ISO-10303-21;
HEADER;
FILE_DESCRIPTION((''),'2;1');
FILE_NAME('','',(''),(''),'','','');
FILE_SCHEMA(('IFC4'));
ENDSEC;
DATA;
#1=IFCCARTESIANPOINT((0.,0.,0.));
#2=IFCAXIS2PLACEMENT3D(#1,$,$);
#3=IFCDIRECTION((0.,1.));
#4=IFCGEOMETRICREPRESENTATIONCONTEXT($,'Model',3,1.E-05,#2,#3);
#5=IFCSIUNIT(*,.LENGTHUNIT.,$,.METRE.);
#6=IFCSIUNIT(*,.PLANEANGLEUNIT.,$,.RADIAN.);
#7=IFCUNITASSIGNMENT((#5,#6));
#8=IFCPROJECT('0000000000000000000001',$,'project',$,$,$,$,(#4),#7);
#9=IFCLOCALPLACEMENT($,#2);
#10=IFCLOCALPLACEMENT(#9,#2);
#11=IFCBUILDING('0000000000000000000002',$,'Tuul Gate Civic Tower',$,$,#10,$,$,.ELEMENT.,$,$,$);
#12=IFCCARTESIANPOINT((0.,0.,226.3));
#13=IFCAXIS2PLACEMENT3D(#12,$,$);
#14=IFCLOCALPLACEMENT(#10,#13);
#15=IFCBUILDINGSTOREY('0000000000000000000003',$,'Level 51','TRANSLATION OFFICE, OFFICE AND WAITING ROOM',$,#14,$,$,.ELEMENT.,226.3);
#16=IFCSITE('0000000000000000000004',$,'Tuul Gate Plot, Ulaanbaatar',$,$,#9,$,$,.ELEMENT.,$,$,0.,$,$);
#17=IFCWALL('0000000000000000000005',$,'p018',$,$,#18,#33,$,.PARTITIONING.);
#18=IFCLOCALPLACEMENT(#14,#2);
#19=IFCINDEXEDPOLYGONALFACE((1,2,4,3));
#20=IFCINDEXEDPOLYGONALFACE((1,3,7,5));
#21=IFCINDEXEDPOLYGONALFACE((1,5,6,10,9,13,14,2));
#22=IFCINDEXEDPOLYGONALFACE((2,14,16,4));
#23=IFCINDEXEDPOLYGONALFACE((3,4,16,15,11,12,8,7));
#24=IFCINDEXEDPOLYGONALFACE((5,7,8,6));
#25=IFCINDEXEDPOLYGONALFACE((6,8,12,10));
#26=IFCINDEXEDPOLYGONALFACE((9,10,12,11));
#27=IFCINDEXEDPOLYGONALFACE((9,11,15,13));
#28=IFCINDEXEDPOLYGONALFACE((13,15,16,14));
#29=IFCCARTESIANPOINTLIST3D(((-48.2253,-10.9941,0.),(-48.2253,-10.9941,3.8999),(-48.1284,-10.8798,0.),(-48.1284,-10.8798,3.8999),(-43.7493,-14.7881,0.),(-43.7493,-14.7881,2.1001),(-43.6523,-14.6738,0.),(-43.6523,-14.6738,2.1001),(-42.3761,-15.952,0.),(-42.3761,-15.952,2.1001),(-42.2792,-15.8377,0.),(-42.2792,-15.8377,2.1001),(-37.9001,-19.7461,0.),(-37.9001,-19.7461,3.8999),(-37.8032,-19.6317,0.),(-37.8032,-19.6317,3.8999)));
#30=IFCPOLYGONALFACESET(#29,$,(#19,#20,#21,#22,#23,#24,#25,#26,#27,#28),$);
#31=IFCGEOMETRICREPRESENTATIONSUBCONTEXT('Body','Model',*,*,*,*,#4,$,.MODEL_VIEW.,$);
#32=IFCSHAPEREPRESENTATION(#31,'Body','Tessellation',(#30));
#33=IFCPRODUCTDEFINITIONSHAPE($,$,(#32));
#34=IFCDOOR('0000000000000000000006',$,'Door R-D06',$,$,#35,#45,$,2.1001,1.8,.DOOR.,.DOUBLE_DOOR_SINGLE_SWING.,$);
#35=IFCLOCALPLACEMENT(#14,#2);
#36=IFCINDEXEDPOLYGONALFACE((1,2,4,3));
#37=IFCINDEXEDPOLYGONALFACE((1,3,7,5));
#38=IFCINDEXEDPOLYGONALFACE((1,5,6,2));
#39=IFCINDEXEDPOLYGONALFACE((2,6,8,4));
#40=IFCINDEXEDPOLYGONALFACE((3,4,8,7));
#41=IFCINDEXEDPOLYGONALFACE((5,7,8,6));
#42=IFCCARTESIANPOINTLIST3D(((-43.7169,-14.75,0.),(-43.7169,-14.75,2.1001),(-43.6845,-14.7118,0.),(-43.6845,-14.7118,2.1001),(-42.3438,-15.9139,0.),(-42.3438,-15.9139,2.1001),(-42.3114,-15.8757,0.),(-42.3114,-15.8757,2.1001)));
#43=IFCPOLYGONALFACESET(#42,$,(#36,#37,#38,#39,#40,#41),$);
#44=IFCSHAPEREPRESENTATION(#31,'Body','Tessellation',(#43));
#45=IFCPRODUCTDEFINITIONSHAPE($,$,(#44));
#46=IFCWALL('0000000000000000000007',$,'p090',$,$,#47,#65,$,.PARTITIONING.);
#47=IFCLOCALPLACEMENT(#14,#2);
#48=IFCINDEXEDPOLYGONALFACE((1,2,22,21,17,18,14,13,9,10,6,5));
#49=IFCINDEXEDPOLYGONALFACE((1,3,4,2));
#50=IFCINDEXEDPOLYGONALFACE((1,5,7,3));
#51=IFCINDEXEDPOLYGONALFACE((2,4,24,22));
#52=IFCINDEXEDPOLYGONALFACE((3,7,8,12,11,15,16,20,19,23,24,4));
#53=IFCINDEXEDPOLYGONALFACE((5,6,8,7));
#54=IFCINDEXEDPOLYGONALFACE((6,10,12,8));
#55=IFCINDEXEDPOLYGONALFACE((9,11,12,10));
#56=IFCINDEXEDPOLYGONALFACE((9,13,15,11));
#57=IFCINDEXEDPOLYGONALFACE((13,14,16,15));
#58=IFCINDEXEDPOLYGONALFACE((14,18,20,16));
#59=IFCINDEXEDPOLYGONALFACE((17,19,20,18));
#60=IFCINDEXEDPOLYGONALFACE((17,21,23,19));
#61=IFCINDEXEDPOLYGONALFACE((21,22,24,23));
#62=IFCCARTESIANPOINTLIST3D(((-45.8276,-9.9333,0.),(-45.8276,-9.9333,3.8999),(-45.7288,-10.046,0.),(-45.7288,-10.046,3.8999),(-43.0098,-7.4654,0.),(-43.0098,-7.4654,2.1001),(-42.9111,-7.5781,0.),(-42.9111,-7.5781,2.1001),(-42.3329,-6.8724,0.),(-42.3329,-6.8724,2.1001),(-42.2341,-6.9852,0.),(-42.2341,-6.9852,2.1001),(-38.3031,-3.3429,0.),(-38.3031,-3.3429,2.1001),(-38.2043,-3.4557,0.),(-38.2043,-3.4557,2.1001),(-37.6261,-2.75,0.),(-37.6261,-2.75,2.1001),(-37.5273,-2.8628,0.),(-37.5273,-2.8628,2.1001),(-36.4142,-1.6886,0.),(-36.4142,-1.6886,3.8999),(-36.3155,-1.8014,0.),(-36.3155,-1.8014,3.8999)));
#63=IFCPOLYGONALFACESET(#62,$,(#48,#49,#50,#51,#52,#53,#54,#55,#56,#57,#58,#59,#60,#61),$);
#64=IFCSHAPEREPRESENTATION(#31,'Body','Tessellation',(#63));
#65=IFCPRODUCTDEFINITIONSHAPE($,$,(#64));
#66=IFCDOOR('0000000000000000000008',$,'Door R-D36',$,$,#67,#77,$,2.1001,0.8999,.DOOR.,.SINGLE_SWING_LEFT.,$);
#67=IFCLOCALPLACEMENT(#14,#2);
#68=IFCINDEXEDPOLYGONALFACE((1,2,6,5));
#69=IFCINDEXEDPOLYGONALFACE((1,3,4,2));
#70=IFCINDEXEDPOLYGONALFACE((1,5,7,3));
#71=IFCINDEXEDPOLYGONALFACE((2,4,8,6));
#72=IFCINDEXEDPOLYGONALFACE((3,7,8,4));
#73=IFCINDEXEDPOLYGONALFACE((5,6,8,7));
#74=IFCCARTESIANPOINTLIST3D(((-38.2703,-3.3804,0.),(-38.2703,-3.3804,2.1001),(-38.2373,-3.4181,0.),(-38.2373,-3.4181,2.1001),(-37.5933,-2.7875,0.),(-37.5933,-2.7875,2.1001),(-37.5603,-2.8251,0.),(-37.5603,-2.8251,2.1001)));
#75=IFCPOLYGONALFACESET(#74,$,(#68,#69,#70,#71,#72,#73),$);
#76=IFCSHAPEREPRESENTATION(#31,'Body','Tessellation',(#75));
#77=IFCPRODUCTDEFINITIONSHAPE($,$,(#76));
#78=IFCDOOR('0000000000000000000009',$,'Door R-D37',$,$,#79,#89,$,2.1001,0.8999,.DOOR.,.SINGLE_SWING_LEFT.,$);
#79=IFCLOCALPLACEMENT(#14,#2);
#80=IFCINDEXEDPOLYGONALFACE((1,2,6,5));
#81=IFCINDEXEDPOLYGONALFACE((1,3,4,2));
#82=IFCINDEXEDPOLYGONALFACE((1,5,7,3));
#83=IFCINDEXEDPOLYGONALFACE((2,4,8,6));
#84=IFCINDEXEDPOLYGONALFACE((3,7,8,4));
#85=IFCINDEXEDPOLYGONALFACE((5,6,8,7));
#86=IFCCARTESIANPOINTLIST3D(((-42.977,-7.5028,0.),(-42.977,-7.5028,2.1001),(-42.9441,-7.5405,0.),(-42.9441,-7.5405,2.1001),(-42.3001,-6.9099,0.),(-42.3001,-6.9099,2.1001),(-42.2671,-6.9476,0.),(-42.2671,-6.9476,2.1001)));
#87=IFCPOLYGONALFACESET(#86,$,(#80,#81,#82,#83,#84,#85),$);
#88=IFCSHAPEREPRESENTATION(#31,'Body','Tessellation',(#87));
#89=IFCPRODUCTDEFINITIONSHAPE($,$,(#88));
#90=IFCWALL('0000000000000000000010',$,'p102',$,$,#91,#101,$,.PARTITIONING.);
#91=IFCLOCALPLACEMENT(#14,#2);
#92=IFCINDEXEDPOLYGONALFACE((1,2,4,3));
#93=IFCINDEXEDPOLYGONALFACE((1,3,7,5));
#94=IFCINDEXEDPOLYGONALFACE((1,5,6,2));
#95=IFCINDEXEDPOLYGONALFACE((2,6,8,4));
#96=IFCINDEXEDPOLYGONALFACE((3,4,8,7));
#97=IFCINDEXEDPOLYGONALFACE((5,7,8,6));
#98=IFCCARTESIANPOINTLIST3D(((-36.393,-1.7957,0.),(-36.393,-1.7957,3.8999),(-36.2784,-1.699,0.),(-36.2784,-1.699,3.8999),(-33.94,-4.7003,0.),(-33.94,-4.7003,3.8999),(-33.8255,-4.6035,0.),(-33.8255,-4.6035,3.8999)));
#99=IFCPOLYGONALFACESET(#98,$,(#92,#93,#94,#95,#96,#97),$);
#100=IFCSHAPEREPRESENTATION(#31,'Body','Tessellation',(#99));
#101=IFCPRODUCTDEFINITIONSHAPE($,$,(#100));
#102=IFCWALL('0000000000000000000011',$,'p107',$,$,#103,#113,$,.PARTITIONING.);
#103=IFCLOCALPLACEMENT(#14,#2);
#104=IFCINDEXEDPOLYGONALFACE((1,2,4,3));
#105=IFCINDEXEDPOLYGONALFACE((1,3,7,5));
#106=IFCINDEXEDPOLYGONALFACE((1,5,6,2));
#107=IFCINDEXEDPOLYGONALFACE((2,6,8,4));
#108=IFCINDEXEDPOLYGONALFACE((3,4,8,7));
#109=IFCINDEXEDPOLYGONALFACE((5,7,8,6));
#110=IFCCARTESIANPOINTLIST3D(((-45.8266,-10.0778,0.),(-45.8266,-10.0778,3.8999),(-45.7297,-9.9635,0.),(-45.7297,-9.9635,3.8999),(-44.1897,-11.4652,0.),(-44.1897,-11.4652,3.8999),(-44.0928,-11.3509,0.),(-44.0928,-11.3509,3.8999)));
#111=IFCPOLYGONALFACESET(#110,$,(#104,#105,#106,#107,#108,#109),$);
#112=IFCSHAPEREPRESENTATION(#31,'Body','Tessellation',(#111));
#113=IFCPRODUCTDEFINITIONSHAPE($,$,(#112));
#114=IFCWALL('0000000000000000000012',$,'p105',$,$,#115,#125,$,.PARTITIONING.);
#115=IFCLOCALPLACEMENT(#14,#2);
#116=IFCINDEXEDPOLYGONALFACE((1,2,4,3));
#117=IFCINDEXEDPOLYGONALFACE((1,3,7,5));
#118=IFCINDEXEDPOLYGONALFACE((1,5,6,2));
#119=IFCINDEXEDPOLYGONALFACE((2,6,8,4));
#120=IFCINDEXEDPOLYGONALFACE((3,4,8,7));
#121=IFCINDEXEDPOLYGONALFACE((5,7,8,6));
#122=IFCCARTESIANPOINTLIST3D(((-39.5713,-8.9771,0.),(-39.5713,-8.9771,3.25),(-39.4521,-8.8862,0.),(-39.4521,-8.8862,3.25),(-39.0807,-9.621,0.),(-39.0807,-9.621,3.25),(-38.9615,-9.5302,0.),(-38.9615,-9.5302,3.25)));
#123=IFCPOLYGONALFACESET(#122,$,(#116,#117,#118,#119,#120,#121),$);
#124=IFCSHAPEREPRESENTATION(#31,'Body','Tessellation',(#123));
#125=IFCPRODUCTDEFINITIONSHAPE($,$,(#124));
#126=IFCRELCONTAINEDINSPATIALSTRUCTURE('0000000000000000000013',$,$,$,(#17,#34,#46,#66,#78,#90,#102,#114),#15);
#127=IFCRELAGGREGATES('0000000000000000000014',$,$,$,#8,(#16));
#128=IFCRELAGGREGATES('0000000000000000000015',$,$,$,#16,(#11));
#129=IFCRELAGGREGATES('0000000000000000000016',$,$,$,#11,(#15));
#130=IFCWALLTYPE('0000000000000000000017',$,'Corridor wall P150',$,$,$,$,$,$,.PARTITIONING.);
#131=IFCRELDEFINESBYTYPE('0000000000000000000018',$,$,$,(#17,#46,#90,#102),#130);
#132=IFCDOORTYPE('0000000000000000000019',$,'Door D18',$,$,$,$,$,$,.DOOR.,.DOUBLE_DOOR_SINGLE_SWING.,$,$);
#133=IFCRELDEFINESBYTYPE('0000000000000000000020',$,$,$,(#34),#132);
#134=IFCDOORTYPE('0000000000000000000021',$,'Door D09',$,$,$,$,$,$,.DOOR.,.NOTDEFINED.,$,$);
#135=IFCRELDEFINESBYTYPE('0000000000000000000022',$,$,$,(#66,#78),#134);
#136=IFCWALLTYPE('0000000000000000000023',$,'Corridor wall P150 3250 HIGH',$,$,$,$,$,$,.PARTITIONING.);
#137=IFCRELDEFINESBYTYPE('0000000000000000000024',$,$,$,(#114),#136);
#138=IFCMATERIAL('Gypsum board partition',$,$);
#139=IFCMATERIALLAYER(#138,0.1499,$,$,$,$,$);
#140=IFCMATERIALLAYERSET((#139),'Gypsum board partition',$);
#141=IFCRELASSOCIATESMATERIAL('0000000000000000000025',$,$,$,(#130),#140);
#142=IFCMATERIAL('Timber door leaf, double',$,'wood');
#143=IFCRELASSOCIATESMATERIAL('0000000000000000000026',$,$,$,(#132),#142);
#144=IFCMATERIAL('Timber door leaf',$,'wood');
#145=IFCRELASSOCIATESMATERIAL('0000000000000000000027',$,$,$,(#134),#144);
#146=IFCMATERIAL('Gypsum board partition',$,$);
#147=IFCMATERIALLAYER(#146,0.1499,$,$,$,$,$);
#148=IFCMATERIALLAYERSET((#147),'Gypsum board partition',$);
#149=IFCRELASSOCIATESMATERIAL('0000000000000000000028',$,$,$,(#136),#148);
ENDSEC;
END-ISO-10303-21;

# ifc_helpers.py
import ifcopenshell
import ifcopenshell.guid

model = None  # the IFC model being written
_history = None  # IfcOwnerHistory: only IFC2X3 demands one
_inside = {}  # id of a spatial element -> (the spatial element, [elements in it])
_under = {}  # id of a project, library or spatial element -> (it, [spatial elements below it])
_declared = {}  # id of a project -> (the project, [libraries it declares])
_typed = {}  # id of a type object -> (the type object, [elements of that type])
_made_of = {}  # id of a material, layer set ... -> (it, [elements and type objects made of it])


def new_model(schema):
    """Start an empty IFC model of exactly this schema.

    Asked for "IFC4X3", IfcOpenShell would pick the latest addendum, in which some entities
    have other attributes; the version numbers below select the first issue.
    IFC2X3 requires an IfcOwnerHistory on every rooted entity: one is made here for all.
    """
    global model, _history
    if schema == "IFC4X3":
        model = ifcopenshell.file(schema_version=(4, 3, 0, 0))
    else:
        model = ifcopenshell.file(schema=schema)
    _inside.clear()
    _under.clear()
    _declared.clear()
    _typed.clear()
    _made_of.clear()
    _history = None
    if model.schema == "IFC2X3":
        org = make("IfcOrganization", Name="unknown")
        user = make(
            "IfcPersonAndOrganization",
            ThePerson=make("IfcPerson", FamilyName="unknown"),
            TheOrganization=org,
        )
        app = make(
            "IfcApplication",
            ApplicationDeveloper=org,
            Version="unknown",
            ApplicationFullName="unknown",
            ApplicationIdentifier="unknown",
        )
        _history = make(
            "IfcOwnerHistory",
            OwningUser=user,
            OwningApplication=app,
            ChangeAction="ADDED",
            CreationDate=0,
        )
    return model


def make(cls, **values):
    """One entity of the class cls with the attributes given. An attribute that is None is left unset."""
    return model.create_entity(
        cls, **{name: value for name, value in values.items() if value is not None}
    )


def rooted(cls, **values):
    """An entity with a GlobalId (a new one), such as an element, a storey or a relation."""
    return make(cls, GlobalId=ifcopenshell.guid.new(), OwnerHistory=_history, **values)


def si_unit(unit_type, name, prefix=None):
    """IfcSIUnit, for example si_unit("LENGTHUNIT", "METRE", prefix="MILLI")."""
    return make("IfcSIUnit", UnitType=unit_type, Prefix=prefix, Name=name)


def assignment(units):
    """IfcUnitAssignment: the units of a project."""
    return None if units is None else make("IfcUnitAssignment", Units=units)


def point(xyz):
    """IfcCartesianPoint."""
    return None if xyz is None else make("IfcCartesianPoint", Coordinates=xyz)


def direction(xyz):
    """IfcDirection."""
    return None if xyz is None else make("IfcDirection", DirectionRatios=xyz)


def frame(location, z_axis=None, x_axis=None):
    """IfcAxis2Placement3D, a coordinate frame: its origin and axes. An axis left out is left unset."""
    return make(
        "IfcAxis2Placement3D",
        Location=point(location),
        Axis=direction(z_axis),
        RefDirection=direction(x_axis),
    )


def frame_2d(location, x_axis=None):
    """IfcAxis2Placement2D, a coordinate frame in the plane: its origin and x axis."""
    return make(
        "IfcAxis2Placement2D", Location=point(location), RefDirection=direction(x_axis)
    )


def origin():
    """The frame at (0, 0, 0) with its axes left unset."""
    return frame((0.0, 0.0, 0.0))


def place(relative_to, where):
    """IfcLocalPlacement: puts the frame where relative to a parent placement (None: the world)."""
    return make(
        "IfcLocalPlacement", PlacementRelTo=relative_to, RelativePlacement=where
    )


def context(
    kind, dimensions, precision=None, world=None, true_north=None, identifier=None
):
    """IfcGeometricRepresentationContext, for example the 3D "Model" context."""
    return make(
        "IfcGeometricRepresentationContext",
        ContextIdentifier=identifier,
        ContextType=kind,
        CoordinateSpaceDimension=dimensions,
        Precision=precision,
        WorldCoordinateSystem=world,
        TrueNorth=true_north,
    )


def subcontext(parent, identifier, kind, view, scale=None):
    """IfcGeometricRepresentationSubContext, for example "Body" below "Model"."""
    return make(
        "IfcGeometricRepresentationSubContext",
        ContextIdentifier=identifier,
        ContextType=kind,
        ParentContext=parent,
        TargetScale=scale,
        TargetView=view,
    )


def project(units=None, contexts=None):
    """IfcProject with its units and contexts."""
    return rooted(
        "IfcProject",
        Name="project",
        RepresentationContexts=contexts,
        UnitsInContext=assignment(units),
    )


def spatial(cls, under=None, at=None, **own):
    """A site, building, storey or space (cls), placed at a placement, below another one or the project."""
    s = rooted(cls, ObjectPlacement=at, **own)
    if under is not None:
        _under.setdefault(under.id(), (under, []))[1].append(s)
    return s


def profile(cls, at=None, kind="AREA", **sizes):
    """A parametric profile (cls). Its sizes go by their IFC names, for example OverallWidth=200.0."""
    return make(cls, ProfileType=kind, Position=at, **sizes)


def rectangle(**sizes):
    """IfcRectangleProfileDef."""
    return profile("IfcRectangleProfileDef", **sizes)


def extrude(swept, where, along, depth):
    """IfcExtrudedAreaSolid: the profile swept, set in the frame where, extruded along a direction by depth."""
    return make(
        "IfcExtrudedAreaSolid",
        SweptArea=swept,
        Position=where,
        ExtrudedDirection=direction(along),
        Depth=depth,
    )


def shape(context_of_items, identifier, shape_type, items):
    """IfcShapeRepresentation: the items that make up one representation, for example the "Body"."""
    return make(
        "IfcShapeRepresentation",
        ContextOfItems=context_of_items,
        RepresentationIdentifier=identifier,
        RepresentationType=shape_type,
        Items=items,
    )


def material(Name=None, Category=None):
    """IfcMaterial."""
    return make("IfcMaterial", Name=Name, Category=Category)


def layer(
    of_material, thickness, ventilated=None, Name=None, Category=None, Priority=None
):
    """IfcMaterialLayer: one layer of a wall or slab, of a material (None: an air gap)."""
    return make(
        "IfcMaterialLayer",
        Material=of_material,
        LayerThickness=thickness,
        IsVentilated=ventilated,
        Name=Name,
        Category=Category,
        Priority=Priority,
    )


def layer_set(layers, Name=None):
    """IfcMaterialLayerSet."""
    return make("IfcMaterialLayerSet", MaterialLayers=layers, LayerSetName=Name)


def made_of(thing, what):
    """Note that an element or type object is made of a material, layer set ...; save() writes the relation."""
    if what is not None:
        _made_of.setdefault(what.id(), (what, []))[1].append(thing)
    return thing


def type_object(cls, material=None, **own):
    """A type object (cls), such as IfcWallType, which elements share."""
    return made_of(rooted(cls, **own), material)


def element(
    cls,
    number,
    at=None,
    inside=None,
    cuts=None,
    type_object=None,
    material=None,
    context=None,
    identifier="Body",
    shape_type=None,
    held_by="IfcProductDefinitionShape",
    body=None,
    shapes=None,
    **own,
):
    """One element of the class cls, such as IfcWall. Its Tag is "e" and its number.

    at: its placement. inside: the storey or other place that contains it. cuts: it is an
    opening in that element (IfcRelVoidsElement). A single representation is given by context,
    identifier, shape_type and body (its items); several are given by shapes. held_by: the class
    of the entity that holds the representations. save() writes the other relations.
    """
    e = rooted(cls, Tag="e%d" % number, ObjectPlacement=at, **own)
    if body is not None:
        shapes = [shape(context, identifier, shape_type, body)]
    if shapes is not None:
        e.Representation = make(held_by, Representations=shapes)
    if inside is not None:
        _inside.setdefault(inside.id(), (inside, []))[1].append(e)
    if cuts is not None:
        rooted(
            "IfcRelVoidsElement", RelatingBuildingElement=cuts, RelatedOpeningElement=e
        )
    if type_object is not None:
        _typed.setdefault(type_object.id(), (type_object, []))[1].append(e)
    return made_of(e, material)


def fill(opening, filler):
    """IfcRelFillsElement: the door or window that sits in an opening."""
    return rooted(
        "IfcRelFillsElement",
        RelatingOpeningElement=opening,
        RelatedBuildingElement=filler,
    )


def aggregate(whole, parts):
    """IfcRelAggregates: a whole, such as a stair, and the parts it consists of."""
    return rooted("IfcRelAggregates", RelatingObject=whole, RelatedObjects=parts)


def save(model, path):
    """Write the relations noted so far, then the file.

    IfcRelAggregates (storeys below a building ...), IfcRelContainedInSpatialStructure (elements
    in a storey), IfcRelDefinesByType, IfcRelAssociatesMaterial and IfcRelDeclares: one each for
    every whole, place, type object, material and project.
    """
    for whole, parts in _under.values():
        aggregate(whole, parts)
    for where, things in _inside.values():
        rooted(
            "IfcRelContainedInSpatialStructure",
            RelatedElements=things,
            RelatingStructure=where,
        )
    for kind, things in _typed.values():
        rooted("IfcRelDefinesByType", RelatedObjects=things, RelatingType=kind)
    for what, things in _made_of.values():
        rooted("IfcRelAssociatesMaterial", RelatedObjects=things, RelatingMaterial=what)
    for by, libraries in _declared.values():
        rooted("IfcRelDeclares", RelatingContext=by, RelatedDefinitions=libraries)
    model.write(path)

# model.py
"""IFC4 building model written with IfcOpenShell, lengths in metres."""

from ifc_helpers import new_model, si_unit, direction, frame, frame_2d, origin, place, context, subcontext, project, spatial, rectangle, extrude, material, layer, layer_set, type_object, element, fill, save


model = new_model("IFC4")

# Units and contexts
model_context = context("Model", 3, precision=1e-05, world=origin(), true_north=direction((0.0, 1.0)))
body_context = subcontext(model_context, "Body", "Model", "MODEL_VIEW")
ifc_project = project(units=[si_unit("LENGTHUNIT", "METRE"), si_unit("PLANEANGLEUNIT", "RADIAN")], contexts=[model_context])

# Site, building, storey
site_placement = place(None, origin())
site = spatial("IfcSite", under=ifc_project, at=site_placement, Name="Tuul Gate Plot, Ulaanbaatar", CompositionType="ELEMENT", RefElevation=0.0)
building_placement = place(site_placement, origin())
building = spatial("IfcBuilding", under=site, at=building_placement, Name="Tuul Gate Civic Tower", CompositionType="ELEMENT")
storey_placement = place(building_placement, frame((0.0, 0.0, 226.3)))
storey = spatial("IfcBuildingStorey", under=building, at=storey_placement, Name="Level 51", Description="TRANSLATION OFFICE, OFFICE AND WAITING ROOM", CompositionType="ELEMENT", Elevation=226.3)

# Shared definitions
ifc_material_1 = material(Name="Gypsum board partition")
ifc_layer_1 = layer(ifc_material_1, 0.1499)
ifc_layer_set_1 = layer_set([ifc_layer_1], Name="Gypsum board partition")
wall_type_1 = type_object("IfcWallType", Name="Corridor wall P150", PredefinedType="PARTITIONING", material=ifc_layer_set_1)
ifc_material_2 = material(Name="Timber door leaf, double", Category="wood")
door_type_1 = type_object("IfcDoorType", Name="Door D18", OperationType="DOUBLE_DOOR_SINGLE_SWING", PredefinedType="DOOR", material=ifc_material_2)

# Wall, opening, door
wall_1_placement = place(storey_placement, frame((-48.1768, -10.937, 0.0), z_axis=(0.0, 0.0, 1.0), x_axis=(0.76283, -0.646599, 0.0)))
wall_1 = element("IfcWall", 1, at=wall_1_placement, inside=storey, type_object=wall_type_1, Name="p018", PredefinedType="PARTITIONING", context=body_context, shape_type="SweptSolid", body=[
    extrude(rectangle(XDim=13.5354, YDim=0.1499, at=frame_2d((6.7676, 0.0))), origin(), (0.0, 0.0, 1.0), 3.8999),
])
opening_1_placement = place(wall_1_placement, frame((5.8677, 0.0, 0.0)))
opening_1 = element("IfcOpeningElement", 2, at=opening_1_placement, cuts=wall_1, PredefinedType="OPENING", context=body_context, shape_type="SweptSolid", body=[
    extrude(rectangle(XDim=1.8, YDim=2.1001, at=frame_2d((0.8999, 1.05))), frame((0.0, 0.085, 0.0), z_axis=(0.0, -1.0, 0.0), x_axis=(1.0, 0.0, 0.0)), (0.0, 0.0, 1.0), 0.1699),
])
door_1_placement = place(opening_1_placement, frame((1.8, 0.0, 0.0), z_axis=(0.0, 0.0, 1.0), x_axis=(-1.0, 0.0, 0.0)))
door_1 = element("IfcDoor", 3, at=door_1_placement, inside=storey, type_object=door_type_1, Name="Door R-D06", OperationType="DOUBLE_DOOR_SINGLE_SWING", OverallHeight=2.1001, OverallWidth=1.8, PredefinedType="DOOR", context=body_context, shape_type="SweptSolid", body=[
    extrude(rectangle(XDim=1.8, YDim=2.1001, at=frame_2d((0.9001, 1.05))), frame((0.0, 0.0249, 0.0), z_axis=(0.0, -1.0, 0.0), x_axis=(1.0, 0.0, 0.0)), (0.0, 0.0, 1.0), 0.05),
])
fill(opening_1, door_1)

# Wall, openings, doors
wall_2_placement = place(storey_placement, frame((-45.7783, -9.9897, 0.0), z_axis=(0.0, 0.0, 1.0), x_axis=(0.752261, 0.658865, 0.0)))
wall_2 = element("IfcWall", 4, at=wall_2_placement, inside=storey, type_object=wall_type_1, Name="p090", PredefinedType="PARTITIONING", context=body_context, shape_type="SweptSolid", body=[
    extrude(rectangle(XDim=12.5134, YDim=0.1499, at=frame_2d((6.2568, 0.0))), origin(), (0.0, 0.0, 1.0), 3.8999),
])
opening_2_placement = place(wall_2_placement, frame((10.0027, 0.0, 0.0)))
opening_2 = element("IfcOpeningElement", 5, at=opening_2_placement, cuts=wall_2, PredefinedType="OPENING", context=body_context, shape_type="SweptSolid", body=[
    extrude(rectangle(XDim=0.8999, YDim=2.1001, at=frame_2d((0.45, 1.05))), frame((0.0, 0.085, 0.0), z_axis=(0.0, -1.0, 0.0), x_axis=(1.0, 0.0, 0.0)), (0.0, 0.0, 1.0), 0.1699),
])
opening_3_placement = place(wall_2_placement, frame((3.7458, 0.0, 0.0)))
opening_3 = element("IfcOpeningElement", 6, at=opening_3_placement, cuts=wall_2, PredefinedType="OPENING", context=body_context, shape_type="SweptSolid", body=[
    extrude(rectangle(XDim=0.8999, YDim=2.1001, at=frame_2d((0.45, 1.05))), frame((0.0, 0.085, 0.0), z_axis=(0.0, -1.0, 0.0), x_axis=(1.0, 0.0, 0.0)), (0.0, 0.0, 1.0), 0.1699),
])
ifc_material_3 = material(Name="Timber door leaf", Category="wood")
door_type_2 = type_object("IfcDoorType", Name="Door D09", OperationType="NOTDEFINED", PredefinedType="DOOR", material=ifc_material_3)
door_2_placement = place(opening_2_placement, frame((0.8999, 0.0, 0.0), z_axis=(0.0, 0.0, 1.0), x_axis=(-1.0, 0.0, 0.0)))
door_2 = element("IfcDoor", 7, at=door_2_placement, inside=storey, type_object=door_type_2, Name="Door R-D36", OperationType="SINGLE_SWING_LEFT", OverallHeight=2.1001, OverallWidth=0.8999, PredefinedType="DOOR", context=body_context, shape_type="SweptSolid", body=[
    extrude(rectangle(XDim=0.8999, YDim=2.1001, at=frame_2d((0.45, 1.05))), frame((0.0, 0.0249, 0.0), z_axis=(0.0, -1.0, 0.0), x_axis=(1.0, 0.0, 0.0)), (0.0, 0.0, 1.0), 0.05),
])
fill(opening_2, door_2)
door_3_placement = place(opening_3_placement, frame((0.8999, 0.0, 0.0), z_axis=(0.0, 0.0, 1.0), x_axis=(-1.0, 0.0, 0.0)))
door_3 = element("IfcDoor", 8, at=door_3_placement, inside=storey, type_object=door_type_2, Name="Door R-D37", OperationType="SINGLE_SWING_LEFT", OverallHeight=2.1001, OverallWidth=0.8999, PredefinedType="DOOR", context=body_context, shape_type="SweptSolid", body=[
    extrude(rectangle(XDim=0.8999, YDim=2.1001, at=frame_2d((0.45, 1.05))), frame((0.0, 0.0249, 0.0), z_axis=(0.0, -1.0, 0.0), x_axis=(1.0, 0.0, 0.0)), (0.0, 0.0, 1.0), 0.05),
])
fill(opening_3, door_3)

# Walls
wall_3_placement = place(storey_placement, frame((-36.3357, -1.7473, 0.0), z_axis=(0.0, 0.0, 1.0), x_axis=(0.645205, -0.76401, 0.0)))
element("IfcWall", 9, at=wall_3_placement, inside=storey, type_object=wall_type_1, Name="p102", PredefinedType="PARTITIONING", context=body_context, shape_type="SweptSolid", body=[
    extrude(rectangle(XDim=3.8018, YDim=0.1499, at=frame_2d((1.9009, 0.0))), origin(), (0.0, 0.0, 1.0), 3.8999),
])
wall_4_placement = place(storey_placement, frame((-45.7781, -10.0208, 0.0), z_axis=(0.0, 0.0, 1.0), x_axis=(0.762851, -0.646574, 0.0)))
element("IfcWall", 10, at=wall_4_placement, inside=storey, type_object=wall_type_1, Name="p107", PredefinedType="PARTITIONING", context=body_context, shape_type="SweptSolid", body=[
    extrude(rectangle(XDim=2.1458, YDim=0.1499, at=frame_2d((1.0728, 0.0))), origin(), (0.0, 0.0, 1.0), 3.8999),
])
ifc_material_4 = material(Name="Gypsum board partition")
ifc_layer_2 = layer(ifc_material_4, 0.1499)
ifc_layer_set_2 = layer_set([ifc_layer_2], Name="Gypsum board partition")
wall_type_2 = type_object("IfcWallType", Name="Corridor wall P150 3250 HIGH", PredefinedType="PARTITIONING", material=ifc_layer_set_2)
wall_5_placement = place(storey_placement, frame((-39.5117, -8.9316, 0.0), z_axis=(0.0, 0.0, 1.0), x_axis=(0.606061, -0.795418, 0.0)))
element("IfcWall", 11, at=wall_5_placement, inside=storey, type_object=wall_type_2, Name="p105", PredefinedType="PARTITIONING", context=body_context, shape_type="SweptSolid", body=[
    extrude(rectangle(XDim=0.8096, YDim=0.1499, at=frame_2d((0.4048, 0.0))), origin(), (0.0, 0.0, 1.0), 3.25),
])

save(model, "model.ifc")
